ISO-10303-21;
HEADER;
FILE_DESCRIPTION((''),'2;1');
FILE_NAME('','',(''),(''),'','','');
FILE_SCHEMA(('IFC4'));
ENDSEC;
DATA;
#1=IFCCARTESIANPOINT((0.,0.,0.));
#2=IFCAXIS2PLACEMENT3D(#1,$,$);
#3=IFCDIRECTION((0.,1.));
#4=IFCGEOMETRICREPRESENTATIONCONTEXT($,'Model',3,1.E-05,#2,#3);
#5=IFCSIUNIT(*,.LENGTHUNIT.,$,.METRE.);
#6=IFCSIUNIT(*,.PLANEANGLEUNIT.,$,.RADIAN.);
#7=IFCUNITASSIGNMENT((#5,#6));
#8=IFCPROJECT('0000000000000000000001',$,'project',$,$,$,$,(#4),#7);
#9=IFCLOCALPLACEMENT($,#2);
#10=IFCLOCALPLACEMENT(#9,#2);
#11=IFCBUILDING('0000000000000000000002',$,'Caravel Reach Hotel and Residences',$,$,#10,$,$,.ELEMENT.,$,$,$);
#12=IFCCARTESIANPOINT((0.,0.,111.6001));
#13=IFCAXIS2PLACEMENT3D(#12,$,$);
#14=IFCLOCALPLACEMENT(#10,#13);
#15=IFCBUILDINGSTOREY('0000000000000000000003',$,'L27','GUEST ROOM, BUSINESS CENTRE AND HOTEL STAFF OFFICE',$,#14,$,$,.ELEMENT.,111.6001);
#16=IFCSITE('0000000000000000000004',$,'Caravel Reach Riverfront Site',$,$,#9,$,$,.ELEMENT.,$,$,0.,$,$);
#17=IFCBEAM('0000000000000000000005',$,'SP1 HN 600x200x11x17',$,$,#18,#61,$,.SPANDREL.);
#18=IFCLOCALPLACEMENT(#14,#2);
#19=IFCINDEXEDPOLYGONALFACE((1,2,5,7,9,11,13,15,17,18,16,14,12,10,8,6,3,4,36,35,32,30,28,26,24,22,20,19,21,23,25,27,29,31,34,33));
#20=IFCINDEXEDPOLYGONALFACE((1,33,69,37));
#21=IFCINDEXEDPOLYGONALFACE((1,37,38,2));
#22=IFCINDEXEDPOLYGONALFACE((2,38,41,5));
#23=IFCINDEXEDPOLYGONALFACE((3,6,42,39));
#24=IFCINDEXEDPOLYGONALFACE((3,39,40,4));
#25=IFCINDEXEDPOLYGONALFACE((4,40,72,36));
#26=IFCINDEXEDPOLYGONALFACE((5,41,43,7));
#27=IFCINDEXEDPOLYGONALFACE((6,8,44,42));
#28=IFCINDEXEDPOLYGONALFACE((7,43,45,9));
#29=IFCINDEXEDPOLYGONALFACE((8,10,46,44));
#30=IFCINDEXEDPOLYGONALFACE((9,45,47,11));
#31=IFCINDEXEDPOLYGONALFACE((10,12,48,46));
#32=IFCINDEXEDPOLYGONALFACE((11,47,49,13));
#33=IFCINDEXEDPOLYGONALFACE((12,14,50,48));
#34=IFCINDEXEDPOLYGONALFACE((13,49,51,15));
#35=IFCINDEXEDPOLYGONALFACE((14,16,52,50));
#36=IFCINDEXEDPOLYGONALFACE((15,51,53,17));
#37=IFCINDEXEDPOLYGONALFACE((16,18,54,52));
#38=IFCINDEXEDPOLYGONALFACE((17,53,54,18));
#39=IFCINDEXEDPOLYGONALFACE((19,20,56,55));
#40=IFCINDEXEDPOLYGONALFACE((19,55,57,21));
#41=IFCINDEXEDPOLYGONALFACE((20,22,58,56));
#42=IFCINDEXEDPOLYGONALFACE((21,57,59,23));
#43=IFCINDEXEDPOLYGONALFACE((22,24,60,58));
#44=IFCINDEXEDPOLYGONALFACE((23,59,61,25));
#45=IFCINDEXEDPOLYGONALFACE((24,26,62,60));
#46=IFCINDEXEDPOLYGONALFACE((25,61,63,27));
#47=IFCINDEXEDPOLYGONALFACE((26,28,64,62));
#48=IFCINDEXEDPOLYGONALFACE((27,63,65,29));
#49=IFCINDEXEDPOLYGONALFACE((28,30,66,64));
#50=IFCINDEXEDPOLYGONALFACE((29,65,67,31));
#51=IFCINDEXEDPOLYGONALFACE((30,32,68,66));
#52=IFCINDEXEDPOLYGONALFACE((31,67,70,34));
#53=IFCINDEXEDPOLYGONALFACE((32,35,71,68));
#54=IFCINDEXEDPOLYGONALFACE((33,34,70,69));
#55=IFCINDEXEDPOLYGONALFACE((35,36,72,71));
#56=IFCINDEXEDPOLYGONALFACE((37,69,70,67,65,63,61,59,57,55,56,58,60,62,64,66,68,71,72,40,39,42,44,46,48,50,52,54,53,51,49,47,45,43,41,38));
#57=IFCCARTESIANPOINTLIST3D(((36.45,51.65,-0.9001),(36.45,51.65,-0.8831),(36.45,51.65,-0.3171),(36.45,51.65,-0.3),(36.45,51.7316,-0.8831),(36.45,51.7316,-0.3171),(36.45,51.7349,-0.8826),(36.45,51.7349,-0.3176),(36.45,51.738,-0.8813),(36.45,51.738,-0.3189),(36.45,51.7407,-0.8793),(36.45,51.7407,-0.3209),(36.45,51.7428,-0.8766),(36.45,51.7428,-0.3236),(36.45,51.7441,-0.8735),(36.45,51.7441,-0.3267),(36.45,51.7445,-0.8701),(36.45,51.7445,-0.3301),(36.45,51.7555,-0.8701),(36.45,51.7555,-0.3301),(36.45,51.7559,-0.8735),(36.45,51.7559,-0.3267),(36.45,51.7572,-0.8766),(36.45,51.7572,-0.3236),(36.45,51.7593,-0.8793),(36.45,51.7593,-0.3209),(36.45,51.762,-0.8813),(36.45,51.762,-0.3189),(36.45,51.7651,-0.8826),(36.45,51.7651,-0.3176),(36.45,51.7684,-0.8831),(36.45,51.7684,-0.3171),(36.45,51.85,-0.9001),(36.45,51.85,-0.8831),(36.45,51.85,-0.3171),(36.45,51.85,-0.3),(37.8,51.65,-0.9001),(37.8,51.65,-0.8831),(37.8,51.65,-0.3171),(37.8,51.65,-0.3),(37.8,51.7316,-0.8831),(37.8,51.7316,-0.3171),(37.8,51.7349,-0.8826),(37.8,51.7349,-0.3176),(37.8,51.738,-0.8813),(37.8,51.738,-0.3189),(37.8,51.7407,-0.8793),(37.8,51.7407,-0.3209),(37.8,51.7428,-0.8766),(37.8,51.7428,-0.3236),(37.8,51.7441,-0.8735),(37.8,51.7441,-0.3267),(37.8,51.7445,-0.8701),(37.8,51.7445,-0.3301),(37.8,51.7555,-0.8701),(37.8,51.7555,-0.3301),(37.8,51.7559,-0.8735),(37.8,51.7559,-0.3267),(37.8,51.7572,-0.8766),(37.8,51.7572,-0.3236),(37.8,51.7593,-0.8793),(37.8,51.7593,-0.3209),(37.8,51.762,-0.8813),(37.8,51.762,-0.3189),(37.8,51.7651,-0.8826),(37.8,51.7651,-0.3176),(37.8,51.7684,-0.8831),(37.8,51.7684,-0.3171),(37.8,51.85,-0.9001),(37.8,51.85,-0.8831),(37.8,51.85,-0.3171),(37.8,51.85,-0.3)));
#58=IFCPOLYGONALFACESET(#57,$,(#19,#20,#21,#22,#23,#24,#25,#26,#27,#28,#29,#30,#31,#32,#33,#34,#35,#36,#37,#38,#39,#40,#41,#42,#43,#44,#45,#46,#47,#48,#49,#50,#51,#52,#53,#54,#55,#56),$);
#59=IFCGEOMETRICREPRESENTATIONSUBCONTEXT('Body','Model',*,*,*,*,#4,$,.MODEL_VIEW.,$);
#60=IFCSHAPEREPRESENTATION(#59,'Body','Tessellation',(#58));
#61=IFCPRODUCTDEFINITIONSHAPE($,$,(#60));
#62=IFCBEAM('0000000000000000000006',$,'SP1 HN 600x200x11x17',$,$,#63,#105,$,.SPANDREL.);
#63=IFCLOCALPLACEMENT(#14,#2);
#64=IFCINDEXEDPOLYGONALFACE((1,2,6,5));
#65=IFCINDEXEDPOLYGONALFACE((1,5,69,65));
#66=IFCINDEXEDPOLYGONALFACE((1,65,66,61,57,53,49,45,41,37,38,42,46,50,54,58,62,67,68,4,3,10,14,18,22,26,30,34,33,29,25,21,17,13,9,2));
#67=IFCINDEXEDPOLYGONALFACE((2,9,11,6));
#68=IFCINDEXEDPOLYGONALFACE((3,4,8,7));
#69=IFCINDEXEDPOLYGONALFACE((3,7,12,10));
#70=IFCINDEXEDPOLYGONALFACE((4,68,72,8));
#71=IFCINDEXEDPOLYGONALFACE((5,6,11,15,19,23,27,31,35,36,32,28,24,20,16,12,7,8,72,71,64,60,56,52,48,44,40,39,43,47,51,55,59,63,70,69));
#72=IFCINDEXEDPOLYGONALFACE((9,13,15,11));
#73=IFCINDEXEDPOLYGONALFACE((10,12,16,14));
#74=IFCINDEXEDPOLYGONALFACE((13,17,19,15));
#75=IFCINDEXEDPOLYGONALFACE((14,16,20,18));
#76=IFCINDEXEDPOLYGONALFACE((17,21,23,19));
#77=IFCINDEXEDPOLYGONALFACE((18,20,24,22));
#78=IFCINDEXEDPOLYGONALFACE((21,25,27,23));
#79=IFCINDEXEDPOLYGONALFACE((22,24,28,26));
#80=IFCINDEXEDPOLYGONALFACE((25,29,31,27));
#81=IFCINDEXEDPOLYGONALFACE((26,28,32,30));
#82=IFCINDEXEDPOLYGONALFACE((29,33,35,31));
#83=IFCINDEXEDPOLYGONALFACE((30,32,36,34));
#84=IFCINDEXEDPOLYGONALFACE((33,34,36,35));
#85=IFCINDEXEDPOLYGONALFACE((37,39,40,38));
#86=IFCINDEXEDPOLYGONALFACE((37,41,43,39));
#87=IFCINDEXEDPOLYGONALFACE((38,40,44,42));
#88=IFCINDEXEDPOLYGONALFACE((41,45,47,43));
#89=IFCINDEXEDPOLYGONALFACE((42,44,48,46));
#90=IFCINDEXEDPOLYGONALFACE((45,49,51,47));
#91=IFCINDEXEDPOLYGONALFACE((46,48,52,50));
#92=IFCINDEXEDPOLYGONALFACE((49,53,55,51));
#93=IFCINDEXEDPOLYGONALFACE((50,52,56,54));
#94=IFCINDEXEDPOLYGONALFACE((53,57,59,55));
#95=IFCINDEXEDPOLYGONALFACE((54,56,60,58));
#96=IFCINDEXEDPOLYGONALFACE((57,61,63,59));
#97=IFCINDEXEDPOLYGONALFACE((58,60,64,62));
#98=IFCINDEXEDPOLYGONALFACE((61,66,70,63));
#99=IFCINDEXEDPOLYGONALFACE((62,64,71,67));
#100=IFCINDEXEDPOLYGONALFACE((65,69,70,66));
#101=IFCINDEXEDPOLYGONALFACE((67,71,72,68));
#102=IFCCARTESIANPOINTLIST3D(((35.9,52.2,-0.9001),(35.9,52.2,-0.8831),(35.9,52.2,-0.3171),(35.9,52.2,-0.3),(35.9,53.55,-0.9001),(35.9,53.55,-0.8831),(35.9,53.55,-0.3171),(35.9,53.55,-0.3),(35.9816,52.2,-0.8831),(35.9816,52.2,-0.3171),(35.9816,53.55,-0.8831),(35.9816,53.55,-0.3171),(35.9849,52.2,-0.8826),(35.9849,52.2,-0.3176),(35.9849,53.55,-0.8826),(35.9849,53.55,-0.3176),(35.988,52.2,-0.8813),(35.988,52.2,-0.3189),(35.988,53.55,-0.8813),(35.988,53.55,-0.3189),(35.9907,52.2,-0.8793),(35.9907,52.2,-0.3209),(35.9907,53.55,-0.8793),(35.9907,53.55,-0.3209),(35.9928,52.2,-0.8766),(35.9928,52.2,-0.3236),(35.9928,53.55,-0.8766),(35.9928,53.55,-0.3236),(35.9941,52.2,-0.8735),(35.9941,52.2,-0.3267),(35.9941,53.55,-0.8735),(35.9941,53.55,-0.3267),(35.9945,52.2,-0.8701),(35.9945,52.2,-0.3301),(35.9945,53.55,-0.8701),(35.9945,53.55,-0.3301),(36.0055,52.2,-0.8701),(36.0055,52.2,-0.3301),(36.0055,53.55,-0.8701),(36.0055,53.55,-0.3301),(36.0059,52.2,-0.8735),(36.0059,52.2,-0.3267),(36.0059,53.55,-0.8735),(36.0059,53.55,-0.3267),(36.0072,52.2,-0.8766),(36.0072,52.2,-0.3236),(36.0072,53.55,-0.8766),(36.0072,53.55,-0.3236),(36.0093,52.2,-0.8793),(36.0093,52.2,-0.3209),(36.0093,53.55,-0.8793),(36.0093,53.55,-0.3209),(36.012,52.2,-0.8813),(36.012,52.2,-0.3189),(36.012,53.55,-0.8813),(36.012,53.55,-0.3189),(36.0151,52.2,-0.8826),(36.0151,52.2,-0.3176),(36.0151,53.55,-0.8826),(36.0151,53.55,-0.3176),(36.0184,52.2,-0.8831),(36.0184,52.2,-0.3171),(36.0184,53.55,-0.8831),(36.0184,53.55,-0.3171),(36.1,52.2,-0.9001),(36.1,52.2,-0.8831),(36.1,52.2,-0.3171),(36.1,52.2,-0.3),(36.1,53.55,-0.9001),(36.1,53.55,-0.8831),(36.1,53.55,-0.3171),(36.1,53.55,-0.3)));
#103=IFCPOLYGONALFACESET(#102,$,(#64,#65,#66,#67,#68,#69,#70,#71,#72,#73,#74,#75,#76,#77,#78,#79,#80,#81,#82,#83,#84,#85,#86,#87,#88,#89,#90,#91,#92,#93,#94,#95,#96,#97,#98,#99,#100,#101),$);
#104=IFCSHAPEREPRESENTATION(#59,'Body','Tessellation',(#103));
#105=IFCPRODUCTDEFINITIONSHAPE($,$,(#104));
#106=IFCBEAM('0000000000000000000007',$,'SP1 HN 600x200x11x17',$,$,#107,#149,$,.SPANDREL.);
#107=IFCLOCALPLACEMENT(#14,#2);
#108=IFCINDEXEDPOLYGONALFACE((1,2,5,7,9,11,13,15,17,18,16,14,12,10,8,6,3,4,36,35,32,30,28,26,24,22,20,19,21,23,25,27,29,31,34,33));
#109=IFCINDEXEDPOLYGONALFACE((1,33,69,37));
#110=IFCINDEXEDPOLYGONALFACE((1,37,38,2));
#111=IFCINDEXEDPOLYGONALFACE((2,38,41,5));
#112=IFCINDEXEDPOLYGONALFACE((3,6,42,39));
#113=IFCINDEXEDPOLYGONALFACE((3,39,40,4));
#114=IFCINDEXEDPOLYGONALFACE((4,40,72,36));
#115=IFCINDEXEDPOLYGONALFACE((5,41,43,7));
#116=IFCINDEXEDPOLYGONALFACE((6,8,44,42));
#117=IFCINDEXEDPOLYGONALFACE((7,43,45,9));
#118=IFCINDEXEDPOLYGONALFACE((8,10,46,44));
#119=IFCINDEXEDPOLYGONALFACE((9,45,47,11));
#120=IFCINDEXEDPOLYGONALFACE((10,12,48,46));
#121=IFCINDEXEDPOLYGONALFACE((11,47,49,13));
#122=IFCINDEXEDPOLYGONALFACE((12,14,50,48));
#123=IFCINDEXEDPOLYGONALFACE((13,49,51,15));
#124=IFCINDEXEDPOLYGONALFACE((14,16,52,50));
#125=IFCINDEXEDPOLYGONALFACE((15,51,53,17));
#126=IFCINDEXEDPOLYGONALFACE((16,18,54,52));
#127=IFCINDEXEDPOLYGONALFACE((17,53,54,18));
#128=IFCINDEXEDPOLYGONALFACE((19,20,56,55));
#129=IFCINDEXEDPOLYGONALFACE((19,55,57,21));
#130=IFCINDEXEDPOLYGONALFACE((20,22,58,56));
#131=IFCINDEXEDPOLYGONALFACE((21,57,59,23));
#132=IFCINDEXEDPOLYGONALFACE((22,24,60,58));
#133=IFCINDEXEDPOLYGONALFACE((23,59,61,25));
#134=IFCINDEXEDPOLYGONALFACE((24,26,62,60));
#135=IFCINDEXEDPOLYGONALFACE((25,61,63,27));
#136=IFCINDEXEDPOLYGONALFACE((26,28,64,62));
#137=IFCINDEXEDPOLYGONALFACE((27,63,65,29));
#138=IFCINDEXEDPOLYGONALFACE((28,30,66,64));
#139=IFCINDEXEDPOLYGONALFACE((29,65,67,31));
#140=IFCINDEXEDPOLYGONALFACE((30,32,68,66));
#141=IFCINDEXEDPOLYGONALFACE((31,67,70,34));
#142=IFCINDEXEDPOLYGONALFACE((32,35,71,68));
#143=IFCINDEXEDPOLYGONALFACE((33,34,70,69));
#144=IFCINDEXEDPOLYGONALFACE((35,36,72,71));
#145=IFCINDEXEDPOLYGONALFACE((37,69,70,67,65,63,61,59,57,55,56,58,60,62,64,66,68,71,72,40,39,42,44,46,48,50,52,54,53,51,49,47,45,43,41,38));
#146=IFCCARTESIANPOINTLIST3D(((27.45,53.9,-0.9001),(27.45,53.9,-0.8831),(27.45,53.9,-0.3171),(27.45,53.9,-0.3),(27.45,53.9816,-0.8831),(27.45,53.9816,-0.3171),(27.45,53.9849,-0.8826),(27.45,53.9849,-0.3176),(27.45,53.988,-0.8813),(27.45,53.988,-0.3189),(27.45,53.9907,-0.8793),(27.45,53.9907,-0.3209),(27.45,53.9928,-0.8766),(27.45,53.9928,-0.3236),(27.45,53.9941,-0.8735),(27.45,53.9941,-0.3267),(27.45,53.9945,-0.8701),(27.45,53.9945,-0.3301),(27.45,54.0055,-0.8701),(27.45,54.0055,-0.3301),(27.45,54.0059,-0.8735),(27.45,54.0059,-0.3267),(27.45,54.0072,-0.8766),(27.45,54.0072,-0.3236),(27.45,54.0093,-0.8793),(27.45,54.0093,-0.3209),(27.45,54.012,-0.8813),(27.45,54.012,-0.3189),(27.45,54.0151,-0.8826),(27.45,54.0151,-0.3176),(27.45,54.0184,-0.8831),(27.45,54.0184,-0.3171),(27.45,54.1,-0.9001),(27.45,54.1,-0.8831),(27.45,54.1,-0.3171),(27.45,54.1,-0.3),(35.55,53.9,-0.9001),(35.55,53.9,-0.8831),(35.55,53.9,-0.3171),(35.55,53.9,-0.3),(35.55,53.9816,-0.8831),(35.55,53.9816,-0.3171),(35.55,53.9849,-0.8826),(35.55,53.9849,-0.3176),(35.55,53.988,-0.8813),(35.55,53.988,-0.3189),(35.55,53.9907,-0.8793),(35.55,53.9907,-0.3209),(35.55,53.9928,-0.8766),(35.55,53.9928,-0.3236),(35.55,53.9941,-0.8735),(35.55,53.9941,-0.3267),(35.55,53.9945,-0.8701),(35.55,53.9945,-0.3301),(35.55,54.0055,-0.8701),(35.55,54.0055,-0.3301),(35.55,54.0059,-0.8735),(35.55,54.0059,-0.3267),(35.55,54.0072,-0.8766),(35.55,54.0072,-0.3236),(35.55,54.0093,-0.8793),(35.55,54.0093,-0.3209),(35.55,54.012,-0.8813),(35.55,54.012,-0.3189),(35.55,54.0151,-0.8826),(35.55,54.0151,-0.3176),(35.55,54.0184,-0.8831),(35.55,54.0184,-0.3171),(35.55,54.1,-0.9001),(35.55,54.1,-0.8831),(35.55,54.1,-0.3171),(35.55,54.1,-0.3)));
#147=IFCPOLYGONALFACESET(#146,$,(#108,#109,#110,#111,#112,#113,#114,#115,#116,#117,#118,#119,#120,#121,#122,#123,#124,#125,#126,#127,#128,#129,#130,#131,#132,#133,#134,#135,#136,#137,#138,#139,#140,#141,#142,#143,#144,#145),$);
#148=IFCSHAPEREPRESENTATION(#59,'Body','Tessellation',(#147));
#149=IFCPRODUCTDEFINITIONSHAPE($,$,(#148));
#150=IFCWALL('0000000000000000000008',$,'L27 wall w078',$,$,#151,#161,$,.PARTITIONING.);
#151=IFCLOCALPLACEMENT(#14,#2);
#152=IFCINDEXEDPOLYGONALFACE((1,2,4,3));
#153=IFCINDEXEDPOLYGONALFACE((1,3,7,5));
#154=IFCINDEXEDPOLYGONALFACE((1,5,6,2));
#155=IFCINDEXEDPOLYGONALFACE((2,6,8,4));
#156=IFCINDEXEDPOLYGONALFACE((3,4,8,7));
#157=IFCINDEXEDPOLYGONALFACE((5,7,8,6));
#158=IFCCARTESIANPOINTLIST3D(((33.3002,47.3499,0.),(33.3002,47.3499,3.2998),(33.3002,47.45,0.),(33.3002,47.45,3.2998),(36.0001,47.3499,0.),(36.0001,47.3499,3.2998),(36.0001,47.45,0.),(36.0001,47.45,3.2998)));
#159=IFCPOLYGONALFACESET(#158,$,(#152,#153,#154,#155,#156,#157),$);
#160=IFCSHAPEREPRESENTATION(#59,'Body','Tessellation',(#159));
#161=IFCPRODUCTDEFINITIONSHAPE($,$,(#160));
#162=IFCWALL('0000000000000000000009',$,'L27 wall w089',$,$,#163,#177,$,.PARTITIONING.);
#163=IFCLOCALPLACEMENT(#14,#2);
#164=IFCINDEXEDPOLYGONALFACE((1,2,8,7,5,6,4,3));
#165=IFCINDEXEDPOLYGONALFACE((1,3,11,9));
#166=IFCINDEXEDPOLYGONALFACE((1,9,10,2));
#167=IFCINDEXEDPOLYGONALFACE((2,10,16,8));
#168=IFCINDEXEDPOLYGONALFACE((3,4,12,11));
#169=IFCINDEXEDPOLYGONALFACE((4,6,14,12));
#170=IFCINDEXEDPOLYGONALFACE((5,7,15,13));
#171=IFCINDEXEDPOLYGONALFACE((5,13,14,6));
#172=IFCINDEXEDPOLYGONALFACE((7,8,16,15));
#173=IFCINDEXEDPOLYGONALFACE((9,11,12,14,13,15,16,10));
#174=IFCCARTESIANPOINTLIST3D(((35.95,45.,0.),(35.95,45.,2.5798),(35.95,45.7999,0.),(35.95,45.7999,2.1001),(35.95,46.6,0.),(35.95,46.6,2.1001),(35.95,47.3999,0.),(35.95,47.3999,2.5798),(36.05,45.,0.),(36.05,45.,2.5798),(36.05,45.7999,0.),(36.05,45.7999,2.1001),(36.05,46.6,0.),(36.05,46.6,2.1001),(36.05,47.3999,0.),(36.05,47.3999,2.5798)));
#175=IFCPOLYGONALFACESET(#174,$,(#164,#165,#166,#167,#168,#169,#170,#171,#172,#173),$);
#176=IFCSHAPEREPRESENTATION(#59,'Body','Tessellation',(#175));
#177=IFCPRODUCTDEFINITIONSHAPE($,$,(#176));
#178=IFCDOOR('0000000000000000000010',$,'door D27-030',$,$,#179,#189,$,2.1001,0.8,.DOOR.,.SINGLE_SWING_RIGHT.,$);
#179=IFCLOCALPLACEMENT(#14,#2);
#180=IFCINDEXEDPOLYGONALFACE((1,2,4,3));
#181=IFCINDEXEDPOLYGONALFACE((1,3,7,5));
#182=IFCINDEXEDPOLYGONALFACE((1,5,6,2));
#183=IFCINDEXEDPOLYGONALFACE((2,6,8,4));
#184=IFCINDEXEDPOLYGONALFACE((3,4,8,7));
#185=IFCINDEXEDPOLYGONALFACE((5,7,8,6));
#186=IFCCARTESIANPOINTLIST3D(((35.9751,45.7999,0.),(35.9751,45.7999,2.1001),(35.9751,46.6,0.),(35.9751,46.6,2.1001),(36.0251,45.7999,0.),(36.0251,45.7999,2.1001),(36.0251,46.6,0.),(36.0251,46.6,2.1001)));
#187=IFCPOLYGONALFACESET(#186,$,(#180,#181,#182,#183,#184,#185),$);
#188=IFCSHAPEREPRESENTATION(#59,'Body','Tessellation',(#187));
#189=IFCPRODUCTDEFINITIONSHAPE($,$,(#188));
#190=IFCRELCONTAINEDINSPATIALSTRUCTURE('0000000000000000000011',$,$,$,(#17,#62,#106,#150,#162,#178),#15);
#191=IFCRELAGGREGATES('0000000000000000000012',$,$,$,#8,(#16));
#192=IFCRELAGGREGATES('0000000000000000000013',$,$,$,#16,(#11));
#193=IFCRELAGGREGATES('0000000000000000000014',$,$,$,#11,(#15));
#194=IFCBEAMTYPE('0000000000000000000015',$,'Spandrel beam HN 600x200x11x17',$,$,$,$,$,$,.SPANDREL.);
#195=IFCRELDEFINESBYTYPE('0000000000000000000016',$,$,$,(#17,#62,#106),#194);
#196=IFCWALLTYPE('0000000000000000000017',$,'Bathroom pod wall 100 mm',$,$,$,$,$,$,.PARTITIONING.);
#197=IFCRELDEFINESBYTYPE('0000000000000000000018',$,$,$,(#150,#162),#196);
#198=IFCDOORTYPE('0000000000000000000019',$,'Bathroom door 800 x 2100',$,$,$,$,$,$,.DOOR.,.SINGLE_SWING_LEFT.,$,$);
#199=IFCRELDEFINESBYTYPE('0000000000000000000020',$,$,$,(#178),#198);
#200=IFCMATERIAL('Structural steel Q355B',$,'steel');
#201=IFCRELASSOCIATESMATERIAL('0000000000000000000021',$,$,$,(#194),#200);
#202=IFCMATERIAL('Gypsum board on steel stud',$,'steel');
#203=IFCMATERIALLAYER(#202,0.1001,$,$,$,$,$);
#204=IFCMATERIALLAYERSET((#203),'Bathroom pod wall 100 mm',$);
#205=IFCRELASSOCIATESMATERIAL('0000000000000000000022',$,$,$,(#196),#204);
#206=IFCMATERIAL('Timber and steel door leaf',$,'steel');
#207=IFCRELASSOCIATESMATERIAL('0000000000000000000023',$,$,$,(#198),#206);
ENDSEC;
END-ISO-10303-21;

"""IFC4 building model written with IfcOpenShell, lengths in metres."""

from ifc_helpers import new_model, si_unit, direction, frame, frame_2d, origin, origin_2d, place, context, subcontext, project, spatial, rectangle, i_section, extrude, material, layer, layer_set, material_profile, profile_set, type_object, element, fill, save


model = new_model("IFC4")

# Units and contexts
model_context = context("Model", 3, precision=1e-05, world=origin(), true_north=direction((0.0, 1.0)))
body_context = subcontext(model_context, "Body", "Model", "MODEL_VIEW")
ifc_project = project(units=[si_unit("LENGTHUNIT", "METRE"), si_unit("PLANEANGLEUNIT", "RADIAN")], contexts=[model_context])

# Site, building, storey
site_placement = place(None, origin())
site = spatial("IfcSite", under=ifc_project, at=site_placement, Name="Caravel Reach Riverfront Site", CompositionType="ELEMENT", RefElevation=0.0)
building_placement = place(site_placement, origin())
building = spatial("IfcBuilding", under=site, at=building_placement, Name="Caravel Reach Hotel and Residences", CompositionType="ELEMENT")
storey_placement = place(building_placement, frame((0.0, 0.0, 111.6001)))
storey = spatial("IfcBuildingStorey", under=building, at=storey_placement, Name="L27", Description="GUEST ROOM, BUSINESS CENTRE AND HOTEL STAFF OFFICE", CompositionType="ELEMENT", Elevation=111.6001)

# Beams
ifc_material_1 = material(Name="Structural steel Q355B", Category="steel")
ifc_material_profile_1 = material_profile(ifc_material_1, i_section(OverallWidth=0.2, OverallDepth=0.6001, WebThickness=0.011, FlangeThickness=0.0171, FilletRadius=0.0129, at=origin_2d()), Name="HN 600x200x11x17")
ifc_profile_set_1 = profile_set([ifc_material_profile_1], Name="Structural steel Q355B")
beam_type = type_object("IfcBeamType", Name="Spandrel beam HN 600x200x11x17", PredefinedType="SPANDREL", material=ifc_profile_set_1)
for number, where, z_axis, x_axis, name in (
    (1, (37.8, 51.75, -0.6001), (-1.0, 0.0, 0.0), (0.0, -1.0, 0.0), "SP1 HN 600x200x11x17"),
    (2, (36.0, 52.2, -0.6001), (0.0, 1.0, 0.0), (-1.0, 0.0, 0.0), "SP1 HN 600x200x11x17"),
):
    element("IfcBeam", number, at=place(storey_placement, frame(where, z_axis=z_axis, x_axis=x_axis)), inside=storey, type_object=beam_type, Name=name, PredefinedType="SPANDREL", context=body_context, shape_type="SweptSolid", body=[
        extrude(i_section(OverallWidth=0.2, OverallDepth=0.6001, WebThickness=0.011, FlangeThickness=0.0171, FilletRadius=0.0129, at=origin_2d()), origin(), (0.0, 0.0, 1.0), 1.3501),
    ])
beam_placement = place(storey_placement, frame((35.55, 54.0, -0.6001), z_axis=(-1.0, 0.0, 0.0), x_axis=(0.0, -1.0, 0.0)))
element("IfcBeam", 3, at=beam_placement, inside=storey, type_object=beam_type, Name="SP1 HN 600x200x11x17", PredefinedType="SPANDREL", context=body_context, shape_type="SweptSolid", body=[
    extrude(i_section(OverallWidth=0.2, OverallDepth=0.6001, WebThickness=0.011, FlangeThickness=0.0171, FilletRadius=0.0129, at=origin_2d()), origin(), (0.0, 0.0, 1.0), 8.1001),
])

# Wall
ifc_material_2 = material(Name="Gypsum board on steel stud", Category="steel")
ifc_layer_1 = layer(ifc_material_2, 0.1001)
ifc_layer_set_1 = layer_set([ifc_layer_1], Name="Bathroom pod wall 100 mm")
wall_type_1 = type_object("IfcWallType", Name="Bathroom pod wall 100 mm", PredefinedType="PARTITIONING", material=ifc_layer_set_1)
wall_1_placement = place(storey_placement, frame((33.3, 47.3999, 0.0), z_axis=(0.0, 0.0, 1.0), x_axis=(1.0, 0.0, 0.0)))
element("IfcWall", 4, at=wall_1_placement, inside=storey, type_object=wall_type_1, Name="L27 wall w078", PredefinedType="PARTITIONING", context=body_context, shape_type="SweptSolid", body=[
    extrude(rectangle(XDim=2.7, YDim=0.1001, at=frame_2d((1.3501, 0.0))), origin(), (0.0, 0.0, 1.0), 3.2998),
])

# Wall, opening, door
wall_2_placement = place(storey_placement, frame((36.0, 45.0, 0.0), z_axis=(0.0, 0.0, 1.0), x_axis=(0.0, 1.0, 0.0)))
wall_2 = element("IfcWall", 5, at=wall_2_placement, inside=storey, type_object=wall_type_1, Name="L27 wall w089", PredefinedType="PARTITIONING", context=body_context, shape_type="SweptSolid", body=[
    extrude(rectangle(XDim=2.3999, YDim=0.1001, at=frame_2d((1.2, 0.0))), origin(), (0.0, 0.0, 1.0), 2.5798),
])
opening_1_placement = place(wall_2_placement, frame((0.8, 0.0, 0.0)))
opening_1 = element("IfcOpeningElement", 6, at=opening_1_placement, cuts=wall_2, PredefinedType="OPENING", context=body_context, shape_type="SweptSolid", body=[
    extrude(rectangle(XDim=0.8, YDim=2.1001, at=frame_2d((0.3999, 1.05))), frame((0.0, 0.0601, 0.0), z_axis=(0.0, -1.0, 0.0), x_axis=(1.0, 0.0, 0.0)), (0.0, 0.0, 1.0), 0.1201),
])
ifc_material_3 = material(Name="Timber and steel door leaf", Category="steel")
door_type_1 = type_object("IfcDoorType", Name="Bathroom door 800 x 2100", OperationType="SINGLE_SWING_LEFT", PredefinedType="DOOR", material=ifc_material_3)
door_1_placement = place(opening_1_placement, origin())
door_1 = element("IfcDoor", 7, at=door_1_placement, inside=storey, type_object=door_type_1, Name="door D27-030", OperationType="SINGLE_SWING_RIGHT", OverallHeight=2.1001, OverallWidth=0.8, PredefinedType="DOOR", context=body_context, shape_type="SweptSolid", body=[
    extrude(rectangle(XDim=0.8, YDim=2.1001, at=frame_2d((0.3999, 1.05))), frame((0.0, 0.0249, 0.0), z_axis=(0.0, -1.0, 0.0), x_axis=(1.0, 0.0, 0.0)), (0.0, 0.0, 1.0), 0.05),
])
fill(opening_1, door_1)

save(model, "model.ifc")
